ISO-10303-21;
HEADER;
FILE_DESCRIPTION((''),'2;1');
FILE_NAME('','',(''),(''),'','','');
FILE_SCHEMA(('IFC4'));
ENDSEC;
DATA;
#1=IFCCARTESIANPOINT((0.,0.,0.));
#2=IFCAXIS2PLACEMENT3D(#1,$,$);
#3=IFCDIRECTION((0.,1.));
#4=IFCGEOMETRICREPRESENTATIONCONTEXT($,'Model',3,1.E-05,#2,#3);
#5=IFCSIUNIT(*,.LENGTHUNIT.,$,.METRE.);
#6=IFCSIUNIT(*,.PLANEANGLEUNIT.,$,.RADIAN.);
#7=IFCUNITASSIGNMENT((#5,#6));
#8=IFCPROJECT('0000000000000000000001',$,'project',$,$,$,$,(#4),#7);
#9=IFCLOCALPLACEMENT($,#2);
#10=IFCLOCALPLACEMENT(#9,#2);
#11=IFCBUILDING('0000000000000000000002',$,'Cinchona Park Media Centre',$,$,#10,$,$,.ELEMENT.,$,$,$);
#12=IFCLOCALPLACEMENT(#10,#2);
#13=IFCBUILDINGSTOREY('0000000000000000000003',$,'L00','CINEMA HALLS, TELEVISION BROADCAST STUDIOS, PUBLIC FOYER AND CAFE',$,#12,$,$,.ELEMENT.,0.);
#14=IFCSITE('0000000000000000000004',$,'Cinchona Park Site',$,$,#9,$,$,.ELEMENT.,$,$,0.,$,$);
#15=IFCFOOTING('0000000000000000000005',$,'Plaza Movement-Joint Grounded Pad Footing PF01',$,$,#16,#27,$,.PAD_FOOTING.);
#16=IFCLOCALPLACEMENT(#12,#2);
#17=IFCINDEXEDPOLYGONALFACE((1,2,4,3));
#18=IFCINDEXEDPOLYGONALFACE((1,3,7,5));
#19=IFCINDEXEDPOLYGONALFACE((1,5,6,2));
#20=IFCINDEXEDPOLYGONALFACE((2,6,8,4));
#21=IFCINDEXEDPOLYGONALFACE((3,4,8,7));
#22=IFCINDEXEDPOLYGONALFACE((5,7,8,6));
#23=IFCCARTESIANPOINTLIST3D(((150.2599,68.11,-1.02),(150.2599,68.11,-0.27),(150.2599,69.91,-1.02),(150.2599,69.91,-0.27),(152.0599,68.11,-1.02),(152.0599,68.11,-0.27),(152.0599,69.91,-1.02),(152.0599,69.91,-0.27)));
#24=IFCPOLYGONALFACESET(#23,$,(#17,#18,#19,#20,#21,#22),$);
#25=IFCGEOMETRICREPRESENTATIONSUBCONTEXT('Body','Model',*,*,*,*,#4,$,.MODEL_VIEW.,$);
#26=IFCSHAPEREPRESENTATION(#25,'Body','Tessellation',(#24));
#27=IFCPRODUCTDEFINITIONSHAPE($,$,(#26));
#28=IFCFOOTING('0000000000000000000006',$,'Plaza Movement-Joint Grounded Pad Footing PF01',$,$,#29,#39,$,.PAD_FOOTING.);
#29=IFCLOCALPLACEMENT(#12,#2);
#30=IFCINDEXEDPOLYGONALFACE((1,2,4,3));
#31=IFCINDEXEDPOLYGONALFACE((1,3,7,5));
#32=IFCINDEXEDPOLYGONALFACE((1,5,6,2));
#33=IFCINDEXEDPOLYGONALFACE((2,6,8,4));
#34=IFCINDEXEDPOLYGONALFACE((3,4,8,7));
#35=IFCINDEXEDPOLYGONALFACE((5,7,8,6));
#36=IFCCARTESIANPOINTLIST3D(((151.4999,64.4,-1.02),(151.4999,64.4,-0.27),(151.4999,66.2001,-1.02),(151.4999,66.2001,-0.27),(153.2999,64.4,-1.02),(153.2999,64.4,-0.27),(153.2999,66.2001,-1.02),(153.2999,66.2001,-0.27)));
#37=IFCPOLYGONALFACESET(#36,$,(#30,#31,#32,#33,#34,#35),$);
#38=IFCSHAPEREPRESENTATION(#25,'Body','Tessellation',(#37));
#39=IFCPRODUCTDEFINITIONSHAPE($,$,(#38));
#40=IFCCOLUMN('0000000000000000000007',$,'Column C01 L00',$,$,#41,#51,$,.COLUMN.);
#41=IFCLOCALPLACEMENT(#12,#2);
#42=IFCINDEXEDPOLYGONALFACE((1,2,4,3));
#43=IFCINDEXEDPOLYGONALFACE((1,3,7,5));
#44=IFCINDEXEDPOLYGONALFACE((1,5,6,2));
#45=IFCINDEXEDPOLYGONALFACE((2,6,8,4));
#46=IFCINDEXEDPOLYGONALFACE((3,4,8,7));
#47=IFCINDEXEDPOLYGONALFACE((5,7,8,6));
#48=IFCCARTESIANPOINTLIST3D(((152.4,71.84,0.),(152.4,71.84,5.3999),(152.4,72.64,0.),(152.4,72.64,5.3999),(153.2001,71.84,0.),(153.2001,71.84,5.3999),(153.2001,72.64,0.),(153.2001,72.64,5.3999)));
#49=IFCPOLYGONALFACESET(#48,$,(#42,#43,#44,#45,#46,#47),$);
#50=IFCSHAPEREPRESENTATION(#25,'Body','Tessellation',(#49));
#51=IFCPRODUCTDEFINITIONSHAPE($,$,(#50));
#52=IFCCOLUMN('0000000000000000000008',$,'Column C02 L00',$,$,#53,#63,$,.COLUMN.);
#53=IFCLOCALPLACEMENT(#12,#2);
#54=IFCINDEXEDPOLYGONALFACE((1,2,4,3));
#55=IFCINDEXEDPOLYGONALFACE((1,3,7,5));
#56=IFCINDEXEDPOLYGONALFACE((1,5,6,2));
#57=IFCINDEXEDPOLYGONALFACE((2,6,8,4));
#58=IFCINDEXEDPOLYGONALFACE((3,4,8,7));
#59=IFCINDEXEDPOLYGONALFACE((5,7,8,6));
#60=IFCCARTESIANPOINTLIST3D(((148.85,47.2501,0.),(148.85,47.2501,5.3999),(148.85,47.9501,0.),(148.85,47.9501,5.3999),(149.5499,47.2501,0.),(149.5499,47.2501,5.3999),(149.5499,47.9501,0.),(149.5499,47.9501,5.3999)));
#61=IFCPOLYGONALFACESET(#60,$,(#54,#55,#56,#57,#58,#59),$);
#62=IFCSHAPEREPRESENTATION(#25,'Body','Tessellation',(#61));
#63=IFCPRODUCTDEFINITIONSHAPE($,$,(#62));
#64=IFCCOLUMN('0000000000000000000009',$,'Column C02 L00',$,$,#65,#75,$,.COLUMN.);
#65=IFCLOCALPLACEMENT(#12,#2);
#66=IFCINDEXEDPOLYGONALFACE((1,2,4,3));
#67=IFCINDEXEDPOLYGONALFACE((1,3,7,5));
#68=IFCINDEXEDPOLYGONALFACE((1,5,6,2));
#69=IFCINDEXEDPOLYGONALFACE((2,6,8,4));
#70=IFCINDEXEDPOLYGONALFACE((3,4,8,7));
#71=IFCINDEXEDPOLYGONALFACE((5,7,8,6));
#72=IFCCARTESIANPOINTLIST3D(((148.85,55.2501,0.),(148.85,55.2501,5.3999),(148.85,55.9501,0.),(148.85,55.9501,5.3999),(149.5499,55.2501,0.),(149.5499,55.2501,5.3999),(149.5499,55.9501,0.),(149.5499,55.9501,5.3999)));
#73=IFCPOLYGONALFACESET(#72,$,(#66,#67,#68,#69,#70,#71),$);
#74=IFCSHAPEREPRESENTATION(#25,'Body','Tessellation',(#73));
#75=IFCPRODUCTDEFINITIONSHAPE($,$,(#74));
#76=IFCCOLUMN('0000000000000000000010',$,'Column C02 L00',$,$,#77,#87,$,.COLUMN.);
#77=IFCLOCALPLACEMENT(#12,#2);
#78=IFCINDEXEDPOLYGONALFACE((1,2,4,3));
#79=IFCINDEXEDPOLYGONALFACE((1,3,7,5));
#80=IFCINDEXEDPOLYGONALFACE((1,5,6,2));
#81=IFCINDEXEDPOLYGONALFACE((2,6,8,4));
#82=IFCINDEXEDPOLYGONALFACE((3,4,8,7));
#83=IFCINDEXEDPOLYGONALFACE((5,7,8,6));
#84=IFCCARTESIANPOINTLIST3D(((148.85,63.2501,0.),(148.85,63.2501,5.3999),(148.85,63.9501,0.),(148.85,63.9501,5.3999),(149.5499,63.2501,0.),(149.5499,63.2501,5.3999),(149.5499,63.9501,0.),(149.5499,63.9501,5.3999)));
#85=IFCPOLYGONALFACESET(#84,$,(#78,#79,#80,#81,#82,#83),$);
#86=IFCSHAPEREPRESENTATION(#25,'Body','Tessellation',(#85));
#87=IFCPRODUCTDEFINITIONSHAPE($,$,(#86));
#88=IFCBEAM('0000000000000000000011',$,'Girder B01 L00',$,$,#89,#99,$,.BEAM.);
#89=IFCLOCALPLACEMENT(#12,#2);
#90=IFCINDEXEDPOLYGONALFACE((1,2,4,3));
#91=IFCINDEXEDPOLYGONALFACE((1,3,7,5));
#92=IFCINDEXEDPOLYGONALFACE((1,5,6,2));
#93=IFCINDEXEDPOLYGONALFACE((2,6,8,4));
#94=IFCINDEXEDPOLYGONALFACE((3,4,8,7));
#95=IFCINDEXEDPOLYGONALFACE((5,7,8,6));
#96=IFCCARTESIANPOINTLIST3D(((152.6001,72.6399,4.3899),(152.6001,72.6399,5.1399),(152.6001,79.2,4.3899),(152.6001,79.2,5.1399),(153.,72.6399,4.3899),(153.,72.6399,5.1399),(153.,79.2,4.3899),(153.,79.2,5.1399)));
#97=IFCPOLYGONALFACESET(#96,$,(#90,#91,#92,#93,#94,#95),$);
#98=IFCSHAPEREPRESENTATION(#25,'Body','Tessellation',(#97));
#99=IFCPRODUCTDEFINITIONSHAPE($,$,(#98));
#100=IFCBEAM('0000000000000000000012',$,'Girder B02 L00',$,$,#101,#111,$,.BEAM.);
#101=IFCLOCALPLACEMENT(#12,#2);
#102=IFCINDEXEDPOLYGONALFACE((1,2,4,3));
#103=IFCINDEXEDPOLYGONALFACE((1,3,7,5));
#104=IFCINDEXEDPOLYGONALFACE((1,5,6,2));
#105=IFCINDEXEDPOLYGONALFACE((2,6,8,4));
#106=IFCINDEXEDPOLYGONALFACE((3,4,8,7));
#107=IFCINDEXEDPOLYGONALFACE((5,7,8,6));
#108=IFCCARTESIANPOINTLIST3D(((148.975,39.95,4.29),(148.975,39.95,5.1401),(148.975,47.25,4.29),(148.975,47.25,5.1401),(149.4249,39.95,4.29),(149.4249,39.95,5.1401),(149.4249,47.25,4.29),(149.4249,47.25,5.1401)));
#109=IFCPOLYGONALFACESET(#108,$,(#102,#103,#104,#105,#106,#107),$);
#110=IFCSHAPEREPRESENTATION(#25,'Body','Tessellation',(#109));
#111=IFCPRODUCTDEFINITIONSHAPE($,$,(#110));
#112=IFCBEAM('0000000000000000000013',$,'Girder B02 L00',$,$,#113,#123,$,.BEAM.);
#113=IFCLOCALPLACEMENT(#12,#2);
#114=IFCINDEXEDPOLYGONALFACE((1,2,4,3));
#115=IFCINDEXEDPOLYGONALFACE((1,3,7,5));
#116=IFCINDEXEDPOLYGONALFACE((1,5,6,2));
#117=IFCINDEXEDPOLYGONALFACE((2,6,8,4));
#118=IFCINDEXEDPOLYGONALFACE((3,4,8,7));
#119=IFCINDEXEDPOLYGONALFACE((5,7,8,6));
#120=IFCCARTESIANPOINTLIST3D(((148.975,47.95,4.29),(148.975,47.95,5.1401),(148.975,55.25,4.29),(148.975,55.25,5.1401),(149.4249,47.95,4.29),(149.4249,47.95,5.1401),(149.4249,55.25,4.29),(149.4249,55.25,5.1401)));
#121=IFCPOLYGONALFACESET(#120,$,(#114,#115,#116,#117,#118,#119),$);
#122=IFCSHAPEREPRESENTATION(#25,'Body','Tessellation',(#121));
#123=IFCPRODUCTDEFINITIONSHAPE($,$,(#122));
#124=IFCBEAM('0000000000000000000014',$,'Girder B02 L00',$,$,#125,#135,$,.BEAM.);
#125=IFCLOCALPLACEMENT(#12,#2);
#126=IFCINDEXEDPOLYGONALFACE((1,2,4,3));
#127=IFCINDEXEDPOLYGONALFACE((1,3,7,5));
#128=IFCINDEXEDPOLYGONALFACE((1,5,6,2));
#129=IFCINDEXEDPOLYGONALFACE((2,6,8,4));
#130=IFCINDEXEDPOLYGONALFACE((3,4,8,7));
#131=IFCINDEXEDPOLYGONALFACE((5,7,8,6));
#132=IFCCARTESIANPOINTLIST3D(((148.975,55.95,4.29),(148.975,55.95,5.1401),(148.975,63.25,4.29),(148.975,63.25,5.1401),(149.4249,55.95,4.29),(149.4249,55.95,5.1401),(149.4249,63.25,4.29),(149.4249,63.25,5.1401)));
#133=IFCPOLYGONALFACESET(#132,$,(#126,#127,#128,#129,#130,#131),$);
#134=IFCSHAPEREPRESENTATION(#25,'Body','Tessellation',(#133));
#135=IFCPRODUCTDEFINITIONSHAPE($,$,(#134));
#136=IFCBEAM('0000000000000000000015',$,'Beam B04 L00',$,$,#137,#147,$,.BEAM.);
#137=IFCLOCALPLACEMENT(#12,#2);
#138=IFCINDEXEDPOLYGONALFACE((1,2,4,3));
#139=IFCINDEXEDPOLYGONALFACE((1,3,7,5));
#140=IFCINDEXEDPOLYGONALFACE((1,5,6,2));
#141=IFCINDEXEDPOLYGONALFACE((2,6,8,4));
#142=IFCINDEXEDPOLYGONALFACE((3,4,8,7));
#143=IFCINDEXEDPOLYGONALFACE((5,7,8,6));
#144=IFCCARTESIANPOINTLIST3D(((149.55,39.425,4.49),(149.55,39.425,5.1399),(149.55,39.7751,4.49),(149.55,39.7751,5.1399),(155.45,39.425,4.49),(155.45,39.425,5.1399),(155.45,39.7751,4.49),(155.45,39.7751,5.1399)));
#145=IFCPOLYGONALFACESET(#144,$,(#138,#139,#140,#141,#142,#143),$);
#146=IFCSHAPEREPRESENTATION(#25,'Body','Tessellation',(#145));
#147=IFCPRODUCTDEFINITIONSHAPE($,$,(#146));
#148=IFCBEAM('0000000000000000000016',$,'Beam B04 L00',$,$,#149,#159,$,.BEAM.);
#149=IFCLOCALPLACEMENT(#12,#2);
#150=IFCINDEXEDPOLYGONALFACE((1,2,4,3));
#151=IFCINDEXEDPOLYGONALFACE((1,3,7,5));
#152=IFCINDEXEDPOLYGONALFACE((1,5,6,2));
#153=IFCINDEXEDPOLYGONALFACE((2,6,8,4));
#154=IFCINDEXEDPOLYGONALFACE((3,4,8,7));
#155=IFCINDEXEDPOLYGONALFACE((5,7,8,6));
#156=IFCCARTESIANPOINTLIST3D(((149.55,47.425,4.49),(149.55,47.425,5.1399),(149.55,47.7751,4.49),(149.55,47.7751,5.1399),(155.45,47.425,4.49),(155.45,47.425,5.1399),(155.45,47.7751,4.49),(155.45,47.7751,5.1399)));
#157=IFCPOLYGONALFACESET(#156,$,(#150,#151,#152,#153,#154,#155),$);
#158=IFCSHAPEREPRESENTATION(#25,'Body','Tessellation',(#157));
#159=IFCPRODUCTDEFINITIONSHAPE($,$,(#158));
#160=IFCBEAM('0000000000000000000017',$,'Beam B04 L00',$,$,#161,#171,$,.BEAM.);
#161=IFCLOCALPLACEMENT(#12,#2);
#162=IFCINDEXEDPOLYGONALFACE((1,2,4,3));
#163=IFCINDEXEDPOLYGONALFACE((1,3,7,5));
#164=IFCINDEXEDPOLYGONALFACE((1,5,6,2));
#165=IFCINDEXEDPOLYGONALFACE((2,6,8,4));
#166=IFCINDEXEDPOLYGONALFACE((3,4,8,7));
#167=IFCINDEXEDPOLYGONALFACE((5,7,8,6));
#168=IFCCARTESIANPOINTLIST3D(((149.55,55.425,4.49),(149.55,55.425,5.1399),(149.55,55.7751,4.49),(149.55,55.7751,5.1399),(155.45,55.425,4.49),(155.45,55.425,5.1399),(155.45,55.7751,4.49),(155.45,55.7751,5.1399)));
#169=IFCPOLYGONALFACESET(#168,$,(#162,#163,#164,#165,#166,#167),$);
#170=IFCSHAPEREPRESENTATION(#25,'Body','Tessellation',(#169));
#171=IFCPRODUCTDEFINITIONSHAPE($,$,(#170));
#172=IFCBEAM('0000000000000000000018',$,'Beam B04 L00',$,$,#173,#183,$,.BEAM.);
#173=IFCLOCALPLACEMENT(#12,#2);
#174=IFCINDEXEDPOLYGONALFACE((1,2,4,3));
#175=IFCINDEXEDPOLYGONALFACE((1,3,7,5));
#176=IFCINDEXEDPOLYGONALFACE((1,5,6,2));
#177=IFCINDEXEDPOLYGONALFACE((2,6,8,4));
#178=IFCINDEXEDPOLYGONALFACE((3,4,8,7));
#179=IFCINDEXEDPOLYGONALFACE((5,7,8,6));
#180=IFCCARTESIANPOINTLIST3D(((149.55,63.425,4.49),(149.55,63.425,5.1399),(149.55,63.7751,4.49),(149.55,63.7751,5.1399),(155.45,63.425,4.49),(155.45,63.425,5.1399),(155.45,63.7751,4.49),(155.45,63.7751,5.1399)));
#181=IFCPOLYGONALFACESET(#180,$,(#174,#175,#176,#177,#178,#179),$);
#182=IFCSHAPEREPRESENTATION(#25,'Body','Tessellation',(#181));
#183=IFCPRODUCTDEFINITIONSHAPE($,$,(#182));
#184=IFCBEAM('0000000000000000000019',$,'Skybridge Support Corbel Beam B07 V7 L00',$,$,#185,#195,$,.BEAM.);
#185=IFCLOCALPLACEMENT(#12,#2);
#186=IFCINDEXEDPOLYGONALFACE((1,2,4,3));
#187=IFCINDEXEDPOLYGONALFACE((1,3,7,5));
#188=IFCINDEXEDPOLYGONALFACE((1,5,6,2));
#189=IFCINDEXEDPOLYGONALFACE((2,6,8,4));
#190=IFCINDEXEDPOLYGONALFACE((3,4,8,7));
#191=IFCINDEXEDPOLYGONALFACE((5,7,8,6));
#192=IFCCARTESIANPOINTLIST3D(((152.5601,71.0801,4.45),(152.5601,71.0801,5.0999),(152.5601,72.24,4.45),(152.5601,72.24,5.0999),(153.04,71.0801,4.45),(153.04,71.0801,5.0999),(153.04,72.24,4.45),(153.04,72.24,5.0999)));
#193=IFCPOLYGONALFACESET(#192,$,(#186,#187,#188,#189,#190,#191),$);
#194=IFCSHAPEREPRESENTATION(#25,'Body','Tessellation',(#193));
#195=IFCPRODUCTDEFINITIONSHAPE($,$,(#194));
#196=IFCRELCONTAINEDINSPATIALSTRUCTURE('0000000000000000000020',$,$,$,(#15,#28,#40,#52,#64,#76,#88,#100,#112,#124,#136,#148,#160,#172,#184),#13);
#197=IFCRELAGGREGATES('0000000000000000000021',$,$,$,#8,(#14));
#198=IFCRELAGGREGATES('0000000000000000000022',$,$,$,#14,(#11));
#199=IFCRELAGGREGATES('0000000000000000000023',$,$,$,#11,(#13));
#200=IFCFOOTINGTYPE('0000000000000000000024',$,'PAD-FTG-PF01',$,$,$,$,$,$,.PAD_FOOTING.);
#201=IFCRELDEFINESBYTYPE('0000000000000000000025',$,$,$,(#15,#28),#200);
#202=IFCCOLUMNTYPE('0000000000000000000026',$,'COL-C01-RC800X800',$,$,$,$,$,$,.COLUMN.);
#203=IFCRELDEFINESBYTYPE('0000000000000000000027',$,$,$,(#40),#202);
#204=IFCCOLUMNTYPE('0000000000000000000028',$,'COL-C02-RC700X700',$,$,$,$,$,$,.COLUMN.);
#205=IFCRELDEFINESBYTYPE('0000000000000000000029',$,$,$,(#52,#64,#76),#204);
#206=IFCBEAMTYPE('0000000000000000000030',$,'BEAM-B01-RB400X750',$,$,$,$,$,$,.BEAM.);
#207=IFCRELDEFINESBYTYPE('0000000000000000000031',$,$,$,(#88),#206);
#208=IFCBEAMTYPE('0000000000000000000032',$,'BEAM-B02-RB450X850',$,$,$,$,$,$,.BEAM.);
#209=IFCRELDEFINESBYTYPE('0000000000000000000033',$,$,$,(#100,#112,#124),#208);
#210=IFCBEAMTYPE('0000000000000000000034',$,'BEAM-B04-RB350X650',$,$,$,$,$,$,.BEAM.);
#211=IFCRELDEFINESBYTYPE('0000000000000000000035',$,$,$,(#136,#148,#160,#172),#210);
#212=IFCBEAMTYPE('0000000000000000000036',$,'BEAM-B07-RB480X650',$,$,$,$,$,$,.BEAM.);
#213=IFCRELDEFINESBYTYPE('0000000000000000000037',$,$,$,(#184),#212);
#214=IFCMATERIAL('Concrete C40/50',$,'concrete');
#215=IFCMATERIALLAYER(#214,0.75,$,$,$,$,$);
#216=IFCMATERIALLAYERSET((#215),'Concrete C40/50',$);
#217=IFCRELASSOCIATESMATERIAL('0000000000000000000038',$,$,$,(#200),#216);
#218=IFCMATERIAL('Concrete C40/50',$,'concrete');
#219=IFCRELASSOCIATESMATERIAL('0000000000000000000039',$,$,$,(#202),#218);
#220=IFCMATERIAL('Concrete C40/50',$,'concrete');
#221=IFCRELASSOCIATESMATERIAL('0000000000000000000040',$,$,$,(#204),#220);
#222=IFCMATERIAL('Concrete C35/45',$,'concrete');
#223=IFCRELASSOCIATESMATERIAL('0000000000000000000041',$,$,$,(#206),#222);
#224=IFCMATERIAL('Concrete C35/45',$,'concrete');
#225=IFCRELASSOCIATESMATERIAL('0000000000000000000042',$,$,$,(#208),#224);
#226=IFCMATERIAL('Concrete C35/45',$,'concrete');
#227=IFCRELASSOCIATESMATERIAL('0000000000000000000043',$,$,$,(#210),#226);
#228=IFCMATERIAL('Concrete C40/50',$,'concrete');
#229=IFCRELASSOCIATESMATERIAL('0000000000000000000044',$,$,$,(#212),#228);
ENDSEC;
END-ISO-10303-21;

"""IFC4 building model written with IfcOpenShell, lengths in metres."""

from ifc_helpers import new_model, si_unit, direction, frame, origin, origin_2d, place, context, subcontext, project, spatial, rectangle, extrude, material, layer, layer_set, material_profile, profile_set, type_object, element, save


model = new_model("IFC4")

# Units and contexts
model_context = context("Model", 3, precision=1e-05, world=origin(), true_north=direction((0.0, 1.0)))
body_context = subcontext(model_context, "Body", "Model", "MODEL_VIEW")
ifc_project = project(units=[si_unit("LENGTHUNIT", "METRE"), si_unit("PLANEANGLEUNIT", "RADIAN")], contexts=[model_context])

# Site, building, storey
site_placement = place(None, origin())
site = spatial("IfcSite", under=ifc_project, at=site_placement, Name="Cinchona Park Site", CompositionType="ELEMENT", RefElevation=0.0)
building_placement = place(site_placement, origin())
building = spatial("IfcBuilding", under=site, at=building_placement, Name="Cinchona Park Media Centre", CompositionType="ELEMENT")
storey_placement = place(building_placement, origin())
storey = spatial("IfcBuildingStorey", under=building, at=storey_placement, Name="L00", Description="CINEMA HALLS, TELEVISION BROADCAST STUDIOS, PUBLIC FOYER AND CAFE", CompositionType="ELEMENT", Elevation=0.0)

# Footings
ifc_material_1 = material(Name="Concrete C40/50", Category="concrete")
ifc_layer_1 = layer(ifc_material_1, 0.75)
ifc_layer_set_1 = layer_set([ifc_layer_1], Name="Concrete C40/50")
footing_type = type_object("IfcFootingType", Name="PAD-FTG-PF01", PredefinedType="PAD_FOOTING", material=ifc_layer_set_1)
for number, where, z_axis, x_axis, name in (
    (1, (151.1599, 69.01, -1.02), (0.0, 0.0, 1.0), (1.0, 0.0, 0.0), "Plaza Movement-Joint Grounded Pad Footing PF01"),
    (2, (152.3999, 65.3, -1.02), (0.0, 0.0, 1.0), (1.0, 0.0, 0.0), "Plaza Movement-Joint Grounded Pad Footing PF01"),
):
    element("IfcFooting", number, at=place(storey_placement, frame(where, z_axis=z_axis, x_axis=x_axis)), inside=storey, type_object=footing_type, Name=name, PredefinedType="PAD_FOOTING", context=body_context, shape_type="SweptSolid", body=[
        extrude(rectangle(XDim=1.8, YDim=1.8, at=origin_2d()), origin(), (0.0, 0.0, 1.0), 0.75),
    ])

# Columns
ifc_material_2 = material(Name="Concrete C40/50", Category="concrete")
ifc_material_profile_1 = material_profile(ifc_material_2, rectangle(XDim=0.8, YDim=0.8, at=origin_2d()), Name="RC 800X800")
ifc_profile_set_1 = profile_set([ifc_material_profile_1], Name="Concrete C40/50")
column_type_1 = type_object("IfcColumnType", Name="COL-C01-RC800X800", PredefinedType="COLUMN", material=ifc_profile_set_1)
column_placement = place(storey_placement, frame((152.8, 72.24, 0.0), z_axis=(0.0, 0.0, 1.0), x_axis=(1.0, 0.0, 0.0)))
element("IfcColumn", 3, at=column_placement, inside=storey, type_object=column_type_1, Name="Column C01 L00", PredefinedType="COLUMN", context=body_context, shape_type="SweptSolid", body=[
    extrude(rectangle(XDim=0.8, YDim=0.8, at=origin_2d()), origin(), (0.0, 0.0, 1.0), 5.3999),
])
ifc_material_3 = material(Name="Concrete C40/50", Category="concrete")
ifc_material_profile_2 = material_profile(ifc_material_3, rectangle(XDim=0.7, YDim=0.7, at=origin_2d()), Name="RC 700X700")
ifc_profile_set_2 = profile_set([ifc_material_profile_2], Name="Concrete C40/50")
column_type_2 = type_object("IfcColumnType", Name="COL-C02-RC700X700", PredefinedType="COLUMN", material=ifc_profile_set_2)
for number, where, z_axis, x_axis, name in (
    (4, (149.2, 47.6001, 0.0), (0.0, 0.0, 1.0), (1.0, 0.0, 0.0), "Column C02 L00"),
    (5, (149.2, 55.6001, 0.0), (0.0, 0.0, 1.0), (1.0, 0.0, 0.0), "Column C02 L00"),
    (6, (149.2, 63.6001, 0.0), (0.0, 0.0, 1.0), (1.0, 0.0, 0.0), "Column C02 L00"),
):
    element("IfcColumn", number, at=place(storey_placement, frame(where, z_axis=z_axis, x_axis=x_axis)), inside=storey, type_object=column_type_2, Name=name, PredefinedType="COLUMN", context=body_context, shape_type="SweptSolid", body=[
        extrude(rectangle(XDim=0.7, YDim=0.7, at=origin_2d()), origin(), (0.0, 0.0, 1.0), 5.3999),
    ])

# Beams
ifc_material_4 = material(Name="Concrete C35/45", Category="concrete")
ifc_material_profile_3 = material_profile(ifc_material_4, rectangle(XDim=0.3999, YDim=0.75, at=origin_2d()), Name="RB 400X750")
ifc_profile_set_3 = profile_set([ifc_material_profile_3], Name="Concrete C35/45")
beam_type_1 = type_object("IfcBeamType", Name="BEAM-B01-RB400X750", PredefinedType="BEAM", material=ifc_profile_set_3)
beam_1_placement = place(storey_placement, frame((152.8, 72.6399, 4.7649), z_axis=(0.0, 1.0, 0.0), x_axis=(-1.0, 0.0, 0.0)))
element("IfcBeam", 7, at=beam_1_placement, inside=storey, type_object=beam_type_1, Name="Girder B01 L00", PredefinedType="BEAM", context=body_context, shape_type="SweptSolid", body=[
    extrude(rectangle(XDim=0.3999, YDim=0.75, at=origin_2d()), origin(), (0.0, 0.0, 1.0), 6.5601),
])
ifc_material_5 = material(Name="Concrete C35/45", Category="concrete")
ifc_material_profile_4 = material_profile(ifc_material_5, rectangle(XDim=0.45, YDim=0.8501, at=origin_2d()), Name="RB 450X850")
ifc_profile_set_4 = profile_set([ifc_material_profile_4], Name="Concrete C35/45")
beam_type_2 = type_object("IfcBeamType", Name="BEAM-B02-RB450X850", PredefinedType="BEAM", material=ifc_profile_set_4)
for number, where, z_axis, x_axis, name in (
    (8, (149.2, 39.95, 4.7151), (0.0, 1.0, 0.0), (-1.0, 0.0, 0.0), "Girder B02 L00"),
    (9, (149.2, 47.95, 4.7151), (0.0, 1.0, 0.0), (-1.0, 0.0, 0.0), "Girder B02 L00"),
    (10, (149.2, 55.95, 4.7151), (0.0, 1.0, 0.0), (-1.0, 0.0, 0.0), "Girder B02 L00"),
):
    element("IfcBeam", number, at=place(storey_placement, frame(where, z_axis=z_axis, x_axis=x_axis)), inside=storey, type_object=beam_type_2, Name=name, PredefinedType="BEAM", context=body_context, shape_type="SweptSolid", body=[
        extrude(rectangle(XDim=0.45, YDim=0.8501, at=origin_2d()), origin(), (0.0, 0.0, 1.0), 7.3),
    ])
ifc_material_6 = material(Name="Concrete C35/45", Category="concrete")
ifc_material_profile_5 = material_profile(ifc_material_6, rectangle(XDim=0.3501, YDim=0.6499, at=origin_2d()), Name="RB 350X650")
ifc_profile_set_5 = profile_set([ifc_material_profile_5], Name="Concrete C35/45")
beam_type_3 = type_object("IfcBeamType", Name="BEAM-B04-RB350X650", PredefinedType="BEAM", material=ifc_profile_set_5)
for number, where, z_axis, x_axis, name in (
    (11, (149.55, 39.6001, 4.8149), (1.0, 0.0, 0.0), (0.0, 1.0, 0.0), "Beam B04 L00"),
    (12, (149.55, 47.6001, 4.8149), (1.0, 0.0, 0.0), (0.0, 1.0, 0.0), "Beam B04 L00"),
    (13, (149.55, 55.6001, 4.8149), (1.0, 0.0, 0.0), (0.0, 1.0, 0.0), "Beam B04 L00"),
    (14, (149.55, 63.6001, 4.8149), (1.0, 0.0, 0.0), (0.0, 1.0, 0.0), "Beam B04 L00"),
):
    element("IfcBeam", number, at=place(storey_placement, frame(where, z_axis=z_axis, x_axis=x_axis)), inside=storey, type_object=beam_type_3, Name=name, PredefinedType="BEAM", context=body_context, shape_type="SweptSolid", body=[
        extrude(rectangle(XDim=0.3501, YDim=0.6499, at=origin_2d()), origin(), (0.0, 0.0, 1.0), 5.8999),
    ])
ifc_material_7 = material(Name="Concrete C40/50", Category="concrete")
ifc_material_profile_6 = material_profile(ifc_material_7, rectangle(XDim=0.48, YDim=0.6499, at=origin_2d()), Name="RB 480X650")
ifc_profile_set_6 = profile_set([ifc_material_profile_6], Name="Concrete C40/50")
beam_type_4 = type_object("IfcBeamType", Name="BEAM-B07-RB480X650", PredefinedType="BEAM", material=ifc_profile_set_6)
beam_2_placement = place(storey_placement, frame((152.8, 72.24, 4.7749), z_axis=(0.0, -1.0, 0.0), x_axis=(1.0, 0.0, 0.0)))
element("IfcBeam", 15, at=beam_2_placement, inside=storey, type_object=beam_type_4, Name="Skybridge Support Corbel Beam B07 V7 L00", PredefinedType="BEAM", context=body_context, shape_type="SweptSolid", body=[
    extrude(rectangle(XDim=0.48, YDim=0.6499, at=origin_2d()), origin(), (0.0, 0.0, 1.0), 1.1599),
])

save(model, "model.ifc")
